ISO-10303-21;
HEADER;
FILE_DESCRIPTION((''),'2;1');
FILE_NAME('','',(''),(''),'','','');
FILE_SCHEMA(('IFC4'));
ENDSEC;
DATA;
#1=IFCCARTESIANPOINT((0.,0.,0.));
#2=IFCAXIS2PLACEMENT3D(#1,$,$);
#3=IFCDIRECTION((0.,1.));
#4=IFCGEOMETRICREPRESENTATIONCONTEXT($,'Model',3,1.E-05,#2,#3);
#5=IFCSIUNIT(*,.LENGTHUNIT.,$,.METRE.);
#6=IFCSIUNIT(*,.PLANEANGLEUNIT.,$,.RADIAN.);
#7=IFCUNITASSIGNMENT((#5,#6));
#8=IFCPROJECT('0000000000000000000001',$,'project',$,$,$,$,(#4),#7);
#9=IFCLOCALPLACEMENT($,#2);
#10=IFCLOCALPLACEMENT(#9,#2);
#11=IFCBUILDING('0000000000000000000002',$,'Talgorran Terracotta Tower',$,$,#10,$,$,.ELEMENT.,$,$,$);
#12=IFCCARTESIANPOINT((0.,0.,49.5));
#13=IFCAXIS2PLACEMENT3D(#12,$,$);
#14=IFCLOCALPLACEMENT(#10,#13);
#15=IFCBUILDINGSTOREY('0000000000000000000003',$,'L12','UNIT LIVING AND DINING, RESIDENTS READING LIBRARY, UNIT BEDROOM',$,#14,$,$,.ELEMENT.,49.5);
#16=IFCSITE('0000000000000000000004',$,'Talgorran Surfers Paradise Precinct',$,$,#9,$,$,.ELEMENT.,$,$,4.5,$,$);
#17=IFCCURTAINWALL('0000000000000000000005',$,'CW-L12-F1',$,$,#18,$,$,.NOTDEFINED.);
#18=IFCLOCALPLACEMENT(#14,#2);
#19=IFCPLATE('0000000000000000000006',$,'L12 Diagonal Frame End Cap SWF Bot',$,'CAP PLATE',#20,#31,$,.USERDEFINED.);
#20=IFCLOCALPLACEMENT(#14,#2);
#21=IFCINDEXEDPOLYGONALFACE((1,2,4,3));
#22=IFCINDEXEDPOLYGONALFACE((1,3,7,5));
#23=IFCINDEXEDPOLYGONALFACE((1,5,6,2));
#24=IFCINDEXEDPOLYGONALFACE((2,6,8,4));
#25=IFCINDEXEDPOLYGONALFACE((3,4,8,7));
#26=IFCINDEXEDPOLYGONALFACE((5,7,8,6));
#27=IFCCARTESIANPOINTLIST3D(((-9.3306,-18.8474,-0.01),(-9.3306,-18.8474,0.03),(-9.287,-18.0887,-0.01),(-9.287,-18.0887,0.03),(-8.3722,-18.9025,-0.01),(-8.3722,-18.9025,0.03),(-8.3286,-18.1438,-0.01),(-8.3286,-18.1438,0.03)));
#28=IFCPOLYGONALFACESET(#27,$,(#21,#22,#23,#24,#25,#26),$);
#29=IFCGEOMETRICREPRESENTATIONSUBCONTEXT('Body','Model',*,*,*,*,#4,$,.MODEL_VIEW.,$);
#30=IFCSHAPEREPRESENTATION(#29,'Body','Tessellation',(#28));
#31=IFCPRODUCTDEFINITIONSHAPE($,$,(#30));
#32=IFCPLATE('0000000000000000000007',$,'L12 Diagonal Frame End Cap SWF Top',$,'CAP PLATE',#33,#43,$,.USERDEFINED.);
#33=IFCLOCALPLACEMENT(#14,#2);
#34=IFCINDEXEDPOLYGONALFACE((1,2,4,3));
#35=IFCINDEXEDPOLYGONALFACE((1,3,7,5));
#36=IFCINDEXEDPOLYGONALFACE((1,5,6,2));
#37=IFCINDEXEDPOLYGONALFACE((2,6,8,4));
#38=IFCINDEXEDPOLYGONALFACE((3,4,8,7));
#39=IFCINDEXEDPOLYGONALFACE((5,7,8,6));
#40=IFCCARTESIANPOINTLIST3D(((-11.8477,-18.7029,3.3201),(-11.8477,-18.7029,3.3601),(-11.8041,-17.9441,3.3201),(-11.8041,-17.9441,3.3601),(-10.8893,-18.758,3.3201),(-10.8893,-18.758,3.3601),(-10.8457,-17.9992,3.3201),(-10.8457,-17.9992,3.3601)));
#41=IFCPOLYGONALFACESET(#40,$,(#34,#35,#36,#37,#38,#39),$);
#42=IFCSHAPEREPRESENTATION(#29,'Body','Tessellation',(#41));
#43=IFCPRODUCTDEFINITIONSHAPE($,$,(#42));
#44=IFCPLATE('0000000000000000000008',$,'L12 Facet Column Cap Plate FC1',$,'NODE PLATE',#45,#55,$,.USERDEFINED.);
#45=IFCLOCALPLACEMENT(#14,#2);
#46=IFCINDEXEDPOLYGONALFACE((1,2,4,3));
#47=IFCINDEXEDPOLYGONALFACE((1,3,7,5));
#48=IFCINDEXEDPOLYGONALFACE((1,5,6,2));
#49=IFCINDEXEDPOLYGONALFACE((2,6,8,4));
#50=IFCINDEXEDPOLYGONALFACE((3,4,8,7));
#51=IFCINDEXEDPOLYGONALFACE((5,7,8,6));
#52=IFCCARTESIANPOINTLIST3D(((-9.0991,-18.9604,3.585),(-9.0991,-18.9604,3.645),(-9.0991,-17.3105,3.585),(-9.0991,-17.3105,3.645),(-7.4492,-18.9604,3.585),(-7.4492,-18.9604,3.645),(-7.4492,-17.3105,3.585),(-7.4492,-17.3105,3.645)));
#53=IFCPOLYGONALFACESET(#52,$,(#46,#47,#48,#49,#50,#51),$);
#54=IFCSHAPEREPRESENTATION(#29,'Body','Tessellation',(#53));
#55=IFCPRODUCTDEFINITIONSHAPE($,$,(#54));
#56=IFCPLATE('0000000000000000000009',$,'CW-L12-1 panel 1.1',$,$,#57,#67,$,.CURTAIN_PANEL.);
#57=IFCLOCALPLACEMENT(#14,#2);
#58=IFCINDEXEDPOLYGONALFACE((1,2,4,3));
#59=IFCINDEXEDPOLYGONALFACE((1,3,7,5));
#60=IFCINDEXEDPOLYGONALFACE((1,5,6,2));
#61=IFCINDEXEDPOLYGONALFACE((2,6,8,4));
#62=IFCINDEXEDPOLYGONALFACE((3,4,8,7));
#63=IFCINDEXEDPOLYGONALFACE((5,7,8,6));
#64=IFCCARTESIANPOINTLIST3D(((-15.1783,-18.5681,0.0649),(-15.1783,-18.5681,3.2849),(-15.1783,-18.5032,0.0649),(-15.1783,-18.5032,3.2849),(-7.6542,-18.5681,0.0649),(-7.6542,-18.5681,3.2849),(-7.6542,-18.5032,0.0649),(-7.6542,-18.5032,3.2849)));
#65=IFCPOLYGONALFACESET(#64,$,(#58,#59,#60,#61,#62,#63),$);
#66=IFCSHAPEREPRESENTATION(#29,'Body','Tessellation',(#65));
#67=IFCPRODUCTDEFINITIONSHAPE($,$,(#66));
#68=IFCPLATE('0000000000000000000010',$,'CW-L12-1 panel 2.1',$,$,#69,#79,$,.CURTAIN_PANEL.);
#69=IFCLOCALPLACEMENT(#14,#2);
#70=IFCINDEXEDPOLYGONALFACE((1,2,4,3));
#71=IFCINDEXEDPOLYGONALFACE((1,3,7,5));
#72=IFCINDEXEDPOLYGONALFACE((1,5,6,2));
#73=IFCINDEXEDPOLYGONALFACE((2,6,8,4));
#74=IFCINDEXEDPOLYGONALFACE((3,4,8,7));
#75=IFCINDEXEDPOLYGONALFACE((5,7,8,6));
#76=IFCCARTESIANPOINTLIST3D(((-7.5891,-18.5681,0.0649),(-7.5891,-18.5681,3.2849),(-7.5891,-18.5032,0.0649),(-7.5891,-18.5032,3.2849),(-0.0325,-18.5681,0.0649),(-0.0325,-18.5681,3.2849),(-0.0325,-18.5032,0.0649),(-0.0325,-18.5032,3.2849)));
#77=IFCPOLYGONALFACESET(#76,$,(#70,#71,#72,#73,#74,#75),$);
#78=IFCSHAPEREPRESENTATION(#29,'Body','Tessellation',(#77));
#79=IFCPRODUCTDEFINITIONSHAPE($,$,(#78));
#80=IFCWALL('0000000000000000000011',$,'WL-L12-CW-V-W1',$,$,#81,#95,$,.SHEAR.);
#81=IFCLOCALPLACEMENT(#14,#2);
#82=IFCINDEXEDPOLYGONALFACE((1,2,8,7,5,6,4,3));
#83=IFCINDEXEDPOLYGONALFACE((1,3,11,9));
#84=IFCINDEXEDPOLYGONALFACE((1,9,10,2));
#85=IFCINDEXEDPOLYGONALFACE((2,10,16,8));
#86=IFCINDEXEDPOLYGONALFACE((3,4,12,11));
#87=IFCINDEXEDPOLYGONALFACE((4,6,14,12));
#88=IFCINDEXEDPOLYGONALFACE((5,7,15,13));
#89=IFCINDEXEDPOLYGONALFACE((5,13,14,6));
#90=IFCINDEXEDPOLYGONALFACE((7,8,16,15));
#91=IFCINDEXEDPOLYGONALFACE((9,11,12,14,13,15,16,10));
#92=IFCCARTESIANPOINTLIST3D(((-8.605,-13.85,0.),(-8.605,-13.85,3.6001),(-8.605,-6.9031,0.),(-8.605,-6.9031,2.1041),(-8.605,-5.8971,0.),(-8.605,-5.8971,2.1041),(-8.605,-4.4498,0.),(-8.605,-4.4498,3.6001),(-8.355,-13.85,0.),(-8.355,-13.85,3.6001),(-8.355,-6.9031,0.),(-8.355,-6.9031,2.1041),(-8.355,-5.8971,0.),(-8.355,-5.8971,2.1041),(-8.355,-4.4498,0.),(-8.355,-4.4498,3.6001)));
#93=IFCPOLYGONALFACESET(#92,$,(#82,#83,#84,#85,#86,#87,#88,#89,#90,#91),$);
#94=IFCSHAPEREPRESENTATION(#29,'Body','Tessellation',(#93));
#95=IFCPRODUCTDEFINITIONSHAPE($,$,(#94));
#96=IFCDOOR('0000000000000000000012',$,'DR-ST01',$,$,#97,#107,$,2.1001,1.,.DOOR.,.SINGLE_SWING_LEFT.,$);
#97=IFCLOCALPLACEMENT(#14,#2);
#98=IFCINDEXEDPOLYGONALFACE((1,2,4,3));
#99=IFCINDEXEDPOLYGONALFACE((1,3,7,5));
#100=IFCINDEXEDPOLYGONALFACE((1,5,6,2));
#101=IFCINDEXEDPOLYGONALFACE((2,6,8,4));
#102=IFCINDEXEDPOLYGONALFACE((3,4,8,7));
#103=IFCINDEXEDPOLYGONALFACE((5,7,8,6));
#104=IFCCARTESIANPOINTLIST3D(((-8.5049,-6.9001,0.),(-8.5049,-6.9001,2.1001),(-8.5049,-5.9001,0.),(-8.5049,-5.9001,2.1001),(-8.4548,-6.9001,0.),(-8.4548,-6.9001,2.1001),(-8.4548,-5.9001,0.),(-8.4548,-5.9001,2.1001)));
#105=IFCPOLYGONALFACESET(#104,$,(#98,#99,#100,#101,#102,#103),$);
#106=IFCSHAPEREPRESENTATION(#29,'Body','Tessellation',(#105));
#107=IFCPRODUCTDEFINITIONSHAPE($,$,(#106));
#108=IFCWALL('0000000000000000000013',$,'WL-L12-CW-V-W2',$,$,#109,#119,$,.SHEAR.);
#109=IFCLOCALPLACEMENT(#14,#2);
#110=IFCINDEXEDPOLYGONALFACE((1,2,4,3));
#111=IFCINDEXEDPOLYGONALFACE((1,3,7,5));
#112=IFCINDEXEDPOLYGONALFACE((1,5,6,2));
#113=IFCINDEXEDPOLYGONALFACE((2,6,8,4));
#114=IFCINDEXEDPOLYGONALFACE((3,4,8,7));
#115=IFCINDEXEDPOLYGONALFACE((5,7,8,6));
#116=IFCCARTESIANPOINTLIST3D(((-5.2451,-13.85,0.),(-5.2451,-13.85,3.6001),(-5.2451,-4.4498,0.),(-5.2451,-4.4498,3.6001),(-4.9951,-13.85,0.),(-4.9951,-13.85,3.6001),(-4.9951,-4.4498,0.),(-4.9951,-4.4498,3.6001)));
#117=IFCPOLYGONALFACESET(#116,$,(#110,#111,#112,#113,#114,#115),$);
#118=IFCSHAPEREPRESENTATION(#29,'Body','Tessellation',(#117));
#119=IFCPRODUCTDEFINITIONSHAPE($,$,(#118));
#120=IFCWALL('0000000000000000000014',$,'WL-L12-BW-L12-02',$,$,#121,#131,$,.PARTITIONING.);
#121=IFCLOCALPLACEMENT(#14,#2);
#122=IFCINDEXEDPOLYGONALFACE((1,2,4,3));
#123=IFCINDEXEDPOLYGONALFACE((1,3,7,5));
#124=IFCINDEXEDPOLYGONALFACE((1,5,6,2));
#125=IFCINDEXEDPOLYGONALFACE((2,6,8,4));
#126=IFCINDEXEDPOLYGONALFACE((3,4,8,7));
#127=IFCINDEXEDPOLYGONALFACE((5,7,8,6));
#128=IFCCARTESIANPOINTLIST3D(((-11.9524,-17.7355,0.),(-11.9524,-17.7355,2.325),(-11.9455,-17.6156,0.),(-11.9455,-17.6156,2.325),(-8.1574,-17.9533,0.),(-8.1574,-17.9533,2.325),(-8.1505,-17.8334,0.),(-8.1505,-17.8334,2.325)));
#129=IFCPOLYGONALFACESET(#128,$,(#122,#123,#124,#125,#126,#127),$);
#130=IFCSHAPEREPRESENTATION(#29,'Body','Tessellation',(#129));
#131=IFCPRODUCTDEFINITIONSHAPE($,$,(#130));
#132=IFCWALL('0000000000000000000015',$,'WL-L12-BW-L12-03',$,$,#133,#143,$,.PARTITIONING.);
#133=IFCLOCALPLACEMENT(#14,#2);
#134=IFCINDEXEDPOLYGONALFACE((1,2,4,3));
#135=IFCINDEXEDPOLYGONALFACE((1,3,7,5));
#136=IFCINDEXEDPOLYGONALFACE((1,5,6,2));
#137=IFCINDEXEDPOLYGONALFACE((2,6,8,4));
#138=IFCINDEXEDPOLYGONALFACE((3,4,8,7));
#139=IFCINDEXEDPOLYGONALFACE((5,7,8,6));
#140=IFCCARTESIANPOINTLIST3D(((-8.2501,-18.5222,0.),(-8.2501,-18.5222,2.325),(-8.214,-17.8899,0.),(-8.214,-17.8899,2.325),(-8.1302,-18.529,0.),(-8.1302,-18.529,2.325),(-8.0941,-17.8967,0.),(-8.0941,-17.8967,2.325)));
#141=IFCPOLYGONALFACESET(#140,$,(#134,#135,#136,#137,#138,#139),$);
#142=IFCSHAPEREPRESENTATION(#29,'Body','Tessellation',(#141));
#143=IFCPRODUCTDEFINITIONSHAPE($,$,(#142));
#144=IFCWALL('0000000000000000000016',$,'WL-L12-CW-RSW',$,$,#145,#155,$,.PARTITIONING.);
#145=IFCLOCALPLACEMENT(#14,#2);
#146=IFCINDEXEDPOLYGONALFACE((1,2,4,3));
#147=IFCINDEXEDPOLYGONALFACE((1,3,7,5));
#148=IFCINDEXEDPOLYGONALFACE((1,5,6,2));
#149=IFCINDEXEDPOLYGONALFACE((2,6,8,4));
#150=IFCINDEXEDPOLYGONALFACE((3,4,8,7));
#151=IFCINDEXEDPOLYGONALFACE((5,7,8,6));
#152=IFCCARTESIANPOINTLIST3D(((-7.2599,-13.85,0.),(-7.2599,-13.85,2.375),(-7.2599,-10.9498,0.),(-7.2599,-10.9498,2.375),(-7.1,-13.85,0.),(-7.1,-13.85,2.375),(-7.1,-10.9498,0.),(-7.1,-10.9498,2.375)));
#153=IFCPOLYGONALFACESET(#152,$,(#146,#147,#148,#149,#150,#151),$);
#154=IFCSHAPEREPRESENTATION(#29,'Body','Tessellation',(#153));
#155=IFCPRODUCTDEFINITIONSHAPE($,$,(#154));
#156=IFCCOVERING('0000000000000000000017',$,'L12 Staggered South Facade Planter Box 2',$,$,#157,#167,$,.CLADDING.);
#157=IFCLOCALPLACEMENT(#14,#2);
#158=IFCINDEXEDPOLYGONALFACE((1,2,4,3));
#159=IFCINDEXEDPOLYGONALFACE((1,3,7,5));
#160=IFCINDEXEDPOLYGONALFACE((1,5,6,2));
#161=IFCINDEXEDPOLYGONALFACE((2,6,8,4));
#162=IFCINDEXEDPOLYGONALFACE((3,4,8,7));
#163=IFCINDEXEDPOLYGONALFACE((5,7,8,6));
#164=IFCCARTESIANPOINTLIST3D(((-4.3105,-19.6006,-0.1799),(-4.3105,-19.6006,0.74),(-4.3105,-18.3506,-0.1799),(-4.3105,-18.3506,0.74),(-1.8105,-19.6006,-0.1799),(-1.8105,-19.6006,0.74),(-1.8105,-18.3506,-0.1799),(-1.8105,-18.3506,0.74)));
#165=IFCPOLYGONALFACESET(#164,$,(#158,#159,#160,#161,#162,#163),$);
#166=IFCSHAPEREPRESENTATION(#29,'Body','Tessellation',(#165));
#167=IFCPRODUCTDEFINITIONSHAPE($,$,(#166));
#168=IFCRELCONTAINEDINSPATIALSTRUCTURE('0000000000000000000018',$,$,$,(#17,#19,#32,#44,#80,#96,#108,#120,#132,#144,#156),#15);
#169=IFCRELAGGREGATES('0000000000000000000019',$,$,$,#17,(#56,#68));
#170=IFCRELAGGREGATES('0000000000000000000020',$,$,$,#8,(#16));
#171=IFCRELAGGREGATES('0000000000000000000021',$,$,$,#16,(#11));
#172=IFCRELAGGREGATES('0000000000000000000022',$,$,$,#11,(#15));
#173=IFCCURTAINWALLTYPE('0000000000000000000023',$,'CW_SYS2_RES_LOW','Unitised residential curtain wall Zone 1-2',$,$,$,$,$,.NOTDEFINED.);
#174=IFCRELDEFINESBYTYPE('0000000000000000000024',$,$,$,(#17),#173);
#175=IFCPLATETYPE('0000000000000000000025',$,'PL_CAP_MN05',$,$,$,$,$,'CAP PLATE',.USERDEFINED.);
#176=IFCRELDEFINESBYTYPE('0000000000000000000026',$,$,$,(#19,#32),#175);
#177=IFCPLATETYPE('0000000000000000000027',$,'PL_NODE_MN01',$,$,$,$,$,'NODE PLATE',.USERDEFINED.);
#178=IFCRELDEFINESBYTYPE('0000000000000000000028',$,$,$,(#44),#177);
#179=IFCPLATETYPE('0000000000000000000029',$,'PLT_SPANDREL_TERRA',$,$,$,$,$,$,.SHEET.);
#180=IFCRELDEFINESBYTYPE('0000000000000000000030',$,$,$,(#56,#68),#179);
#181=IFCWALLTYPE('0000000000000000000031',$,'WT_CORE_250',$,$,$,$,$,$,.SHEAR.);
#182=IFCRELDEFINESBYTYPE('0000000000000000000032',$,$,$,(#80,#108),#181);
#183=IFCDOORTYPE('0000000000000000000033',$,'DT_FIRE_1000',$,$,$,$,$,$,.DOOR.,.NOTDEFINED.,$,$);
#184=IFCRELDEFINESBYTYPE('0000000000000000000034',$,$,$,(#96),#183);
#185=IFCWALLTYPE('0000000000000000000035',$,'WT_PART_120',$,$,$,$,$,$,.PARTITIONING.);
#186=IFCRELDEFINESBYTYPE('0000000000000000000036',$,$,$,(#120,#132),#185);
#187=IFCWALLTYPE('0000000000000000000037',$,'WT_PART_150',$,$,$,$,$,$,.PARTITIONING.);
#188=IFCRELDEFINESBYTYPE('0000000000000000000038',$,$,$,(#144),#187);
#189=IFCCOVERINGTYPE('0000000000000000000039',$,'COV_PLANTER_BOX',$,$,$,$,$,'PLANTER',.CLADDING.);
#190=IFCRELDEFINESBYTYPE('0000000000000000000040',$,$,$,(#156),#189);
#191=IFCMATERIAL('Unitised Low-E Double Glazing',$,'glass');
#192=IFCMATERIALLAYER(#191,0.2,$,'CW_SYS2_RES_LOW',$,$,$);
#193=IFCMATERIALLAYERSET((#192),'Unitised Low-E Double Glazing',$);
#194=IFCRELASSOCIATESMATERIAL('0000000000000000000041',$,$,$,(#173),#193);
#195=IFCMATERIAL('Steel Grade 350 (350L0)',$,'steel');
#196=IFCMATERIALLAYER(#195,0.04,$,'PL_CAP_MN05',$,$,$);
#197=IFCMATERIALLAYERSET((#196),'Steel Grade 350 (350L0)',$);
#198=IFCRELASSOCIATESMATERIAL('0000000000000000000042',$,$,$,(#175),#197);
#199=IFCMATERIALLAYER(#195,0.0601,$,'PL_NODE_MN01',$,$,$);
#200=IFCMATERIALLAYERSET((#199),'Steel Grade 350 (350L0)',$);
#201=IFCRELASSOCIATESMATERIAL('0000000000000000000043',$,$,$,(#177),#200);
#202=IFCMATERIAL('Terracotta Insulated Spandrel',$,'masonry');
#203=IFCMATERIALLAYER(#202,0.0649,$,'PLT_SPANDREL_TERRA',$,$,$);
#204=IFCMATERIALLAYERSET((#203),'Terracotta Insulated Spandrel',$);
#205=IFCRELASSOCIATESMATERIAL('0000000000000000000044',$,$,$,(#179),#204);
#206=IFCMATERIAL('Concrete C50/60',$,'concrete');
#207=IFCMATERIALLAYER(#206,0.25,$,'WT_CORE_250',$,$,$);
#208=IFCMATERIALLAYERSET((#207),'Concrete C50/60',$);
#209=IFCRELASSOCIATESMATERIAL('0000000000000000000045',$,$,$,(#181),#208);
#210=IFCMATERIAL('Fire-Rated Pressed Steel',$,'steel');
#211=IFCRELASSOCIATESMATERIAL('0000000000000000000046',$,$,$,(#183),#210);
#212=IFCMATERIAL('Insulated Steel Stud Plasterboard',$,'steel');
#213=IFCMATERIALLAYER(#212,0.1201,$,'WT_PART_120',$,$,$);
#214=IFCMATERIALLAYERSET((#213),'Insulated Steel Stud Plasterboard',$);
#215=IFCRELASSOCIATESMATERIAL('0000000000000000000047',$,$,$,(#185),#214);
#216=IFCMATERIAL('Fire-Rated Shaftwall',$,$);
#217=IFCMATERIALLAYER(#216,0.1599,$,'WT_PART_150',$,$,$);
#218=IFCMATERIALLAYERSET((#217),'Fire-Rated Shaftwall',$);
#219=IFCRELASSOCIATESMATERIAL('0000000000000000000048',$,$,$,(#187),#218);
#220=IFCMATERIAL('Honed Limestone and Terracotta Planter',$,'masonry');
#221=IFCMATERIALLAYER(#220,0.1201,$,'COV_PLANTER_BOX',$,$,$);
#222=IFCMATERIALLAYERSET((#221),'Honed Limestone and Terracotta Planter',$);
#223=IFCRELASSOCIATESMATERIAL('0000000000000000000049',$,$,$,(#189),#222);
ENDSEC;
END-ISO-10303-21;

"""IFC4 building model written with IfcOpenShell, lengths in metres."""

from ifc_helpers import new_model, si_unit, direction, frame, frame_2d, origin, origin_2d, place, context, subcontext, project, spatial, rectangle, extrude, source, transform, mapped, material, layer, layer_set, type_object, type_shapes, element, fill, aggregate, save


model = new_model("IFC4")

# Units and contexts
model_context = context("Model", 3, precision=1e-05, world=origin(), true_north=direction((0.0, 1.0)))
body_context = subcontext(model_context, "Body", "Model", "MODEL_VIEW")
ifc_project = project(units=[si_unit("LENGTHUNIT", "METRE"), si_unit("PLANEANGLEUNIT", "RADIAN")], contexts=[model_context])

# Site, building, storey
site_placement = place(None, origin())
site = spatial("IfcSite", under=ifc_project, at=site_placement, Name="Talgorran Surfers Paradise Precinct", CompositionType="ELEMENT", RefElevation=4.5)
building_placement = place(site_placement, origin())
building = spatial("IfcBuilding", under=site, at=building_placement, Name="Talgorran Terracotta Tower", CompositionType="ELEMENT")
storey_placement = place(building_placement, frame((0.0, 0.0, 49.5)))
storey = spatial("IfcBuildingStorey", under=building, at=storey_placement, Name="L12", Description="UNIT LIVING AND DINING, RESIDENTS READING LIBRARY, UNIT BEDROOM", CompositionType="ELEMENT", Elevation=49.5)

# Shared definitions
ifc_material_1 = material(Name="Steel Grade 350 (350L0)", Category="steel")

# Curtain wall
ifc_material_2 = material(Name="Unitised Low-E Double Glazing", Category="glass")
ifc_layer_1 = layer(ifc_material_2, 0.2, Name="CW_SYS2_RES_LOW")
ifc_layer_set_1 = layer_set([ifc_layer_1], Name="Unitised Low-E Double Glazing")
curtain_wall_type = type_object("IfcCurtainWallType", Name="CW_SYS2_RES_LOW", Description="Unitised residential curtain wall Zone 1-2", PredefinedType="NOTDEFINED", material=ifc_layer_set_1)
curtain_wall_placement = place(storey_placement, origin())
curtain_wall = element("IfcCurtainWall", 1, at=curtain_wall_placement, inside=storey, type_object=curtain_wall_type, Name="CW-L12-F1", PredefinedType="NOTDEFINED")

# Plates
ifc_layer_2 = layer(ifc_material_1, 0.04, Name="PL_CAP_MN05")
ifc_layer_set_2 = layer_set([ifc_layer_2], Name="Steel Grade 350 (350L0)")
plate_type_1 = type_object("IfcPlateType", Name="PL_CAP_MN05", ElementType="CAP PLATE", PredefinedType="USERDEFINED", material=ifc_layer_set_2)
for number, where, z_axis, x_axis, name in (
    (2, (-8.8296, -18.4956, -0.01), (0.0, 0.0, 1.0), (-0.998352, 0.05739, 0.0), "L12 Diagonal Frame End Cap SWF Bot"),
    (3, (-11.3467, -18.3511, 3.3201), (0.0, 0.0, 1.0), (-0.998352, 0.05739, 0.0), "L12 Diagonal Frame End Cap SWF Top"),
):
    element("IfcPlate", number, at=place(storey_placement, frame(where, z_axis=z_axis, x_axis=x_axis)), inside=storey, type_object=plate_type_1, Name=name, ObjectType="CAP PLATE", PredefinedType="USERDEFINED", context=body_context, shape_type="SweptSolid", body=[
        extrude(rectangle(XDim=0.96, YDim=0.76, at=origin_2d()), origin(), (0.0, 0.0, 1.0), 0.04),
    ])
ifc_layer_3 = layer(ifc_material_1, 0.0601, Name="PL_NODE_MN01")
ifc_layer_set_3 = layer_set([ifc_layer_3], Name="Steel Grade 350 (350L0)")
plate_type_2 = type_object("IfcPlateType", Name="PL_NODE_MN01", ElementType="NODE PLATE", PredefinedType="USERDEFINED", material=ifc_layer_set_3)
plate_1_placement = place(storey_placement, frame((-8.2742, -18.1355, 3.585), z_axis=(0.0, 0.0, 1.0), x_axis=(1.0, 0.0, 0.0)))
element("IfcPlate", 4, at=plate_1_placement, inside=storey, type_object=plate_type_2, Name="L12 Facet Column Cap Plate FC1", ObjectType="NODE PLATE", PredefinedType="USERDEFINED", context=body_context, shape_type="SweptSolid", body=[
    extrude(rectangle(XDim=1.6499, YDim=1.6499, at=origin_2d()), origin(), (0.0, 0.0, 1.0), 0.0601),
])

# Plates
ifc_material_3 = material(Name="Terracotta Insulated Spandrel", Category="masonry")
ifc_layer_4 = layer(ifc_material_3, 0.0649, Name="PLT_SPANDREL_TERRA")
ifc_layer_set_4 = layer_set([ifc_layer_4], Name="Terracotta Insulated Spandrel")
plate_type_3 = type_object("IfcPlateType", Name="PLT_SPANDREL_TERRA", PredefinedType="SHEET", material=ifc_layer_set_4)
shared_shape_1 = source(origin(), body_context, "Body", "SweptSolid", [
    extrude(rectangle(XDim=7.5242, YDim=0.0649, at=origin_2d()), origin(), (0.0, 0.0, 1.0), 3.22),
])
plate_2_placement = place(storey_placement, frame((-11.4163, -18.5356, 0.0649), z_axis=(0.0, 0.0, 1.0), x_axis=(1.0, 0.0, 0.0)))
plate_2 = element("IfcPlate", 5, at=plate_2_placement, type_object=plate_type_3, Name="CW-L12-1 panel 1.1", PredefinedType="CURTAIN_PANEL", context=body_context, shape_type="MappedRepresentation", body=[
    mapped(shared_shape_1, transform((0.0, 0.0, 0.0), scale=1.0)),
])
shared_shape_2 = source(origin(), body_context, "Body", "SweptSolid", [
    extrude(rectangle(XDim=7.5566, YDim=0.0649, at=origin_2d()), origin(), (0.0, 0.0, 1.0), 3.22),
])
type_shapes(plate_type_3, [shared_shape_1, shared_shape_2])
plate_3_placement = place(storey_placement, frame((-3.8108, -18.5356, 0.0649), z_axis=(0.0, 0.0, 1.0), x_axis=(1.0, 0.0, 0.0)))
plate_3 = element("IfcPlate", 6, at=plate_3_placement, type_object=plate_type_3, Name="CW-L12-1 panel 2.1", PredefinedType="CURTAIN_PANEL", context=body_context, shape_type="MappedRepresentation", body=[
    mapped(shared_shape_2, transform((0.0, 0.0, 0.0), scale=1.0)),
])
aggregate(curtain_wall, [plate_2, plate_3])

# Wall, opening, door
ifc_material_4 = material(Name="Concrete C50/60", Category="concrete")
ifc_layer_5 = layer(ifc_material_4, 0.25, Name="WT_CORE_250")
ifc_layer_set_5 = layer_set([ifc_layer_5], Name="Concrete C50/60")
wall_type_1 = type_object("IfcWallType", Name="WT_CORE_250", PredefinedType="SHEAR", material=ifc_layer_set_5)
wall_1_placement = place(storey_placement, frame((-8.48, -13.8501, 0.0), z_axis=(0.0, 0.0, 1.0), x_axis=(0.0, 1.0, 0.0)))
wall_1 = element("IfcWall", 7, at=wall_1_placement, inside=storey, type_object=wall_type_1, Name="WL-L12-CW-V-W1", PredefinedType="SHEAR", context=body_context, shape_type="SweptSolid", body=[
    extrude(rectangle(XDim=9.4001, YDim=0.25, at=frame_2d((4.7002, 0.0))), origin(), (0.0, 0.0, 1.0), 3.6001),
])
opening_placement = place(wall_1_placement, frame((6.95, 0.0, 0.0)))
opening = element("IfcOpeningElement", 8, at=opening_placement, cuts=wall_1, PredefinedType="OPENING", context=body_context, shape_type="SweptSolid", body=[
    extrude(rectangle(XDim=1.006, YDim=2.1041, at=frame_2d((0.5, 1.052))), frame((0.0, 0.135, 0.0), z_axis=(0.0, -1.0, 0.0), x_axis=(1.0, 0.0, 0.0)), (0.0, 0.0, 1.0), 0.27),
])
ifc_material_5 = material(Name="Fire-Rated Pressed Steel", Category="steel")
door_type = type_object("IfcDoorType", Name="DT_FIRE_1000", OperationType="NOTDEFINED", PredefinedType="DOOR", material=ifc_material_5)
door_placement = place(opening_placement, origin())
door = element("IfcDoor", 9, at=door_placement, inside=storey, type_object=door_type, Name="DR-ST01", OperationType="SINGLE_SWING_LEFT", OverallHeight=2.1001, OverallWidth=1.0, PredefinedType="DOOR", context=body_context, shape_type="SweptSolid", body=[
    extrude(rectangle(XDim=1.0, YDim=2.1001, at=frame_2d((0.5, 1.05))), frame((0.0, 0.0249, 0.0), z_axis=(0.0, -1.0, 0.0), x_axis=(1.0, 0.0, 0.0)), (0.0, 0.0, 1.0), 0.05),
])
fill(opening, door)

# Walls
wall_2_placement = place(storey_placement, frame((-5.1201, -13.8501, 0.0), z_axis=(0.0, 0.0, 1.0), x_axis=(0.0, 1.0, 0.0)))
element("IfcWall", 10, at=wall_2_placement, inside=storey, type_object=wall_type_1, Name="WL-L12-CW-V-W2", PredefinedType="SHEAR", context=body_context, shape_type="SweptSolid", body=[
    extrude(rectangle(XDim=9.4001, YDim=0.25, at=frame_2d((4.7002, 0.0))), origin(), (0.0, 0.0, 1.0), 3.6001),
])
ifc_material_6 = material(Name="Insulated Steel Stud Plasterboard", Category="steel")
ifc_layer_6 = layer(ifc_material_6, 0.1201, Name="WT_PART_120")
ifc_layer_set_6 = layer_set([ifc_layer_6], Name="Insulated Steel Stud Plasterboard")
wall_type_2 = type_object("IfcWallType", Name="WT_PART_120", PredefinedType="PARTITIONING", material=ifc_layer_set_6)
wall_3_placement = place(storey_placement, frame((-11.949, -17.6755, 0.0), z_axis=(0.0, 0.0, 1.0), x_axis=(0.998358, -0.057291, 0.0)))
element("IfcWall", 11, at=wall_3_placement, inside=storey, type_object=wall_type_2, Name="WL-L12-BW-L12-02", PredefinedType="PARTITIONING", context=body_context, shape_type="SweptSolid", body=[
    extrude(rectangle(XDim=3.8013, YDim=0.1201, at=frame_2d((1.9006, 0.0))), origin(), (0.0, 0.0, 1.0), 2.325),
])
wall_4_placement = place(storey_placement, frame((-8.1541, -17.8933, 0.0), z_axis=(0.0, 0.0, 1.0), x_axis=(-0.05705, -0.998371, 0.0)))
element("IfcWall", 12, at=wall_4_placement, inside=storey, type_object=wall_type_2, Name="WL-L12-BW-L12-03", PredefinedType="PARTITIONING", context=body_context, shape_type="SweptSolid", body=[
    extrude(rectangle(XDim=0.6333, YDim=0.1201, at=frame_2d((0.3167, 0.0))), origin(), (0.0, 0.0, 1.0), 2.325),
])
ifc_material_7 = material(Name="Fire-Rated Shaftwall")
ifc_layer_7 = layer(ifc_material_7, 0.1599, Name="WT_PART_150")
ifc_layer_set_7 = layer_set([ifc_layer_7], Name="Fire-Rated Shaftwall")
wall_type_3 = type_object("IfcWallType", Name="WT_PART_150", PredefinedType="PARTITIONING", material=ifc_layer_set_7)
wall_5_placement = place(storey_placement, frame((-7.1799, -13.8501, 0.0), z_axis=(0.0, 0.0, 1.0), x_axis=(0.0, 1.0, 0.0)))
element("IfcWall", 13, at=wall_5_placement, inside=storey, type_object=wall_type_3, Name="WL-L12-CW-RSW", PredefinedType="PARTITIONING", context=body_context, shape_type="SweptSolid", body=[
    extrude(rectangle(XDim=2.9001, YDim=0.1599, at=frame_2d((1.4502, 0.0))), origin(), (0.0, 0.0, 1.0), 2.375),
])

# Covering
ifc_material_8 = material(Name="Honed Limestone and Terracotta Planter", Category="masonry")
ifc_layer_8 = layer(ifc_material_8, 0.1201, Name="COV_PLANTER_BOX")
ifc_layer_set_8 = layer_set([ifc_layer_8], Name="Honed Limestone and Terracotta Planter")
covering_type_1 = type_object("IfcCoveringType", Name="COV_PLANTER_BOX", ElementType="PLANTER", PredefinedType="CLADDING", material=ifc_layer_set_8)
covering_1_placement = place(storey_placement, frame((-3.0605, -18.9756, -0.1799), z_axis=(0.0, 0.0, 1.0), x_axis=(1.0, 0.0, 0.0)))
element("IfcCovering", 14, at=covering_1_placement, inside=storey, type_object=covering_type_1, Name="L12 Staggered South Facade Planter Box 2", PredefinedType="CLADDING", context=body_context, shape_type="SweptSolid", body=[
    extrude(rectangle(XDim=2.5, YDim=1.25, at=origin_2d()), origin(), (0.0, 0.0, 1.0), 0.9199),
])

save(model, "model.ifc")
